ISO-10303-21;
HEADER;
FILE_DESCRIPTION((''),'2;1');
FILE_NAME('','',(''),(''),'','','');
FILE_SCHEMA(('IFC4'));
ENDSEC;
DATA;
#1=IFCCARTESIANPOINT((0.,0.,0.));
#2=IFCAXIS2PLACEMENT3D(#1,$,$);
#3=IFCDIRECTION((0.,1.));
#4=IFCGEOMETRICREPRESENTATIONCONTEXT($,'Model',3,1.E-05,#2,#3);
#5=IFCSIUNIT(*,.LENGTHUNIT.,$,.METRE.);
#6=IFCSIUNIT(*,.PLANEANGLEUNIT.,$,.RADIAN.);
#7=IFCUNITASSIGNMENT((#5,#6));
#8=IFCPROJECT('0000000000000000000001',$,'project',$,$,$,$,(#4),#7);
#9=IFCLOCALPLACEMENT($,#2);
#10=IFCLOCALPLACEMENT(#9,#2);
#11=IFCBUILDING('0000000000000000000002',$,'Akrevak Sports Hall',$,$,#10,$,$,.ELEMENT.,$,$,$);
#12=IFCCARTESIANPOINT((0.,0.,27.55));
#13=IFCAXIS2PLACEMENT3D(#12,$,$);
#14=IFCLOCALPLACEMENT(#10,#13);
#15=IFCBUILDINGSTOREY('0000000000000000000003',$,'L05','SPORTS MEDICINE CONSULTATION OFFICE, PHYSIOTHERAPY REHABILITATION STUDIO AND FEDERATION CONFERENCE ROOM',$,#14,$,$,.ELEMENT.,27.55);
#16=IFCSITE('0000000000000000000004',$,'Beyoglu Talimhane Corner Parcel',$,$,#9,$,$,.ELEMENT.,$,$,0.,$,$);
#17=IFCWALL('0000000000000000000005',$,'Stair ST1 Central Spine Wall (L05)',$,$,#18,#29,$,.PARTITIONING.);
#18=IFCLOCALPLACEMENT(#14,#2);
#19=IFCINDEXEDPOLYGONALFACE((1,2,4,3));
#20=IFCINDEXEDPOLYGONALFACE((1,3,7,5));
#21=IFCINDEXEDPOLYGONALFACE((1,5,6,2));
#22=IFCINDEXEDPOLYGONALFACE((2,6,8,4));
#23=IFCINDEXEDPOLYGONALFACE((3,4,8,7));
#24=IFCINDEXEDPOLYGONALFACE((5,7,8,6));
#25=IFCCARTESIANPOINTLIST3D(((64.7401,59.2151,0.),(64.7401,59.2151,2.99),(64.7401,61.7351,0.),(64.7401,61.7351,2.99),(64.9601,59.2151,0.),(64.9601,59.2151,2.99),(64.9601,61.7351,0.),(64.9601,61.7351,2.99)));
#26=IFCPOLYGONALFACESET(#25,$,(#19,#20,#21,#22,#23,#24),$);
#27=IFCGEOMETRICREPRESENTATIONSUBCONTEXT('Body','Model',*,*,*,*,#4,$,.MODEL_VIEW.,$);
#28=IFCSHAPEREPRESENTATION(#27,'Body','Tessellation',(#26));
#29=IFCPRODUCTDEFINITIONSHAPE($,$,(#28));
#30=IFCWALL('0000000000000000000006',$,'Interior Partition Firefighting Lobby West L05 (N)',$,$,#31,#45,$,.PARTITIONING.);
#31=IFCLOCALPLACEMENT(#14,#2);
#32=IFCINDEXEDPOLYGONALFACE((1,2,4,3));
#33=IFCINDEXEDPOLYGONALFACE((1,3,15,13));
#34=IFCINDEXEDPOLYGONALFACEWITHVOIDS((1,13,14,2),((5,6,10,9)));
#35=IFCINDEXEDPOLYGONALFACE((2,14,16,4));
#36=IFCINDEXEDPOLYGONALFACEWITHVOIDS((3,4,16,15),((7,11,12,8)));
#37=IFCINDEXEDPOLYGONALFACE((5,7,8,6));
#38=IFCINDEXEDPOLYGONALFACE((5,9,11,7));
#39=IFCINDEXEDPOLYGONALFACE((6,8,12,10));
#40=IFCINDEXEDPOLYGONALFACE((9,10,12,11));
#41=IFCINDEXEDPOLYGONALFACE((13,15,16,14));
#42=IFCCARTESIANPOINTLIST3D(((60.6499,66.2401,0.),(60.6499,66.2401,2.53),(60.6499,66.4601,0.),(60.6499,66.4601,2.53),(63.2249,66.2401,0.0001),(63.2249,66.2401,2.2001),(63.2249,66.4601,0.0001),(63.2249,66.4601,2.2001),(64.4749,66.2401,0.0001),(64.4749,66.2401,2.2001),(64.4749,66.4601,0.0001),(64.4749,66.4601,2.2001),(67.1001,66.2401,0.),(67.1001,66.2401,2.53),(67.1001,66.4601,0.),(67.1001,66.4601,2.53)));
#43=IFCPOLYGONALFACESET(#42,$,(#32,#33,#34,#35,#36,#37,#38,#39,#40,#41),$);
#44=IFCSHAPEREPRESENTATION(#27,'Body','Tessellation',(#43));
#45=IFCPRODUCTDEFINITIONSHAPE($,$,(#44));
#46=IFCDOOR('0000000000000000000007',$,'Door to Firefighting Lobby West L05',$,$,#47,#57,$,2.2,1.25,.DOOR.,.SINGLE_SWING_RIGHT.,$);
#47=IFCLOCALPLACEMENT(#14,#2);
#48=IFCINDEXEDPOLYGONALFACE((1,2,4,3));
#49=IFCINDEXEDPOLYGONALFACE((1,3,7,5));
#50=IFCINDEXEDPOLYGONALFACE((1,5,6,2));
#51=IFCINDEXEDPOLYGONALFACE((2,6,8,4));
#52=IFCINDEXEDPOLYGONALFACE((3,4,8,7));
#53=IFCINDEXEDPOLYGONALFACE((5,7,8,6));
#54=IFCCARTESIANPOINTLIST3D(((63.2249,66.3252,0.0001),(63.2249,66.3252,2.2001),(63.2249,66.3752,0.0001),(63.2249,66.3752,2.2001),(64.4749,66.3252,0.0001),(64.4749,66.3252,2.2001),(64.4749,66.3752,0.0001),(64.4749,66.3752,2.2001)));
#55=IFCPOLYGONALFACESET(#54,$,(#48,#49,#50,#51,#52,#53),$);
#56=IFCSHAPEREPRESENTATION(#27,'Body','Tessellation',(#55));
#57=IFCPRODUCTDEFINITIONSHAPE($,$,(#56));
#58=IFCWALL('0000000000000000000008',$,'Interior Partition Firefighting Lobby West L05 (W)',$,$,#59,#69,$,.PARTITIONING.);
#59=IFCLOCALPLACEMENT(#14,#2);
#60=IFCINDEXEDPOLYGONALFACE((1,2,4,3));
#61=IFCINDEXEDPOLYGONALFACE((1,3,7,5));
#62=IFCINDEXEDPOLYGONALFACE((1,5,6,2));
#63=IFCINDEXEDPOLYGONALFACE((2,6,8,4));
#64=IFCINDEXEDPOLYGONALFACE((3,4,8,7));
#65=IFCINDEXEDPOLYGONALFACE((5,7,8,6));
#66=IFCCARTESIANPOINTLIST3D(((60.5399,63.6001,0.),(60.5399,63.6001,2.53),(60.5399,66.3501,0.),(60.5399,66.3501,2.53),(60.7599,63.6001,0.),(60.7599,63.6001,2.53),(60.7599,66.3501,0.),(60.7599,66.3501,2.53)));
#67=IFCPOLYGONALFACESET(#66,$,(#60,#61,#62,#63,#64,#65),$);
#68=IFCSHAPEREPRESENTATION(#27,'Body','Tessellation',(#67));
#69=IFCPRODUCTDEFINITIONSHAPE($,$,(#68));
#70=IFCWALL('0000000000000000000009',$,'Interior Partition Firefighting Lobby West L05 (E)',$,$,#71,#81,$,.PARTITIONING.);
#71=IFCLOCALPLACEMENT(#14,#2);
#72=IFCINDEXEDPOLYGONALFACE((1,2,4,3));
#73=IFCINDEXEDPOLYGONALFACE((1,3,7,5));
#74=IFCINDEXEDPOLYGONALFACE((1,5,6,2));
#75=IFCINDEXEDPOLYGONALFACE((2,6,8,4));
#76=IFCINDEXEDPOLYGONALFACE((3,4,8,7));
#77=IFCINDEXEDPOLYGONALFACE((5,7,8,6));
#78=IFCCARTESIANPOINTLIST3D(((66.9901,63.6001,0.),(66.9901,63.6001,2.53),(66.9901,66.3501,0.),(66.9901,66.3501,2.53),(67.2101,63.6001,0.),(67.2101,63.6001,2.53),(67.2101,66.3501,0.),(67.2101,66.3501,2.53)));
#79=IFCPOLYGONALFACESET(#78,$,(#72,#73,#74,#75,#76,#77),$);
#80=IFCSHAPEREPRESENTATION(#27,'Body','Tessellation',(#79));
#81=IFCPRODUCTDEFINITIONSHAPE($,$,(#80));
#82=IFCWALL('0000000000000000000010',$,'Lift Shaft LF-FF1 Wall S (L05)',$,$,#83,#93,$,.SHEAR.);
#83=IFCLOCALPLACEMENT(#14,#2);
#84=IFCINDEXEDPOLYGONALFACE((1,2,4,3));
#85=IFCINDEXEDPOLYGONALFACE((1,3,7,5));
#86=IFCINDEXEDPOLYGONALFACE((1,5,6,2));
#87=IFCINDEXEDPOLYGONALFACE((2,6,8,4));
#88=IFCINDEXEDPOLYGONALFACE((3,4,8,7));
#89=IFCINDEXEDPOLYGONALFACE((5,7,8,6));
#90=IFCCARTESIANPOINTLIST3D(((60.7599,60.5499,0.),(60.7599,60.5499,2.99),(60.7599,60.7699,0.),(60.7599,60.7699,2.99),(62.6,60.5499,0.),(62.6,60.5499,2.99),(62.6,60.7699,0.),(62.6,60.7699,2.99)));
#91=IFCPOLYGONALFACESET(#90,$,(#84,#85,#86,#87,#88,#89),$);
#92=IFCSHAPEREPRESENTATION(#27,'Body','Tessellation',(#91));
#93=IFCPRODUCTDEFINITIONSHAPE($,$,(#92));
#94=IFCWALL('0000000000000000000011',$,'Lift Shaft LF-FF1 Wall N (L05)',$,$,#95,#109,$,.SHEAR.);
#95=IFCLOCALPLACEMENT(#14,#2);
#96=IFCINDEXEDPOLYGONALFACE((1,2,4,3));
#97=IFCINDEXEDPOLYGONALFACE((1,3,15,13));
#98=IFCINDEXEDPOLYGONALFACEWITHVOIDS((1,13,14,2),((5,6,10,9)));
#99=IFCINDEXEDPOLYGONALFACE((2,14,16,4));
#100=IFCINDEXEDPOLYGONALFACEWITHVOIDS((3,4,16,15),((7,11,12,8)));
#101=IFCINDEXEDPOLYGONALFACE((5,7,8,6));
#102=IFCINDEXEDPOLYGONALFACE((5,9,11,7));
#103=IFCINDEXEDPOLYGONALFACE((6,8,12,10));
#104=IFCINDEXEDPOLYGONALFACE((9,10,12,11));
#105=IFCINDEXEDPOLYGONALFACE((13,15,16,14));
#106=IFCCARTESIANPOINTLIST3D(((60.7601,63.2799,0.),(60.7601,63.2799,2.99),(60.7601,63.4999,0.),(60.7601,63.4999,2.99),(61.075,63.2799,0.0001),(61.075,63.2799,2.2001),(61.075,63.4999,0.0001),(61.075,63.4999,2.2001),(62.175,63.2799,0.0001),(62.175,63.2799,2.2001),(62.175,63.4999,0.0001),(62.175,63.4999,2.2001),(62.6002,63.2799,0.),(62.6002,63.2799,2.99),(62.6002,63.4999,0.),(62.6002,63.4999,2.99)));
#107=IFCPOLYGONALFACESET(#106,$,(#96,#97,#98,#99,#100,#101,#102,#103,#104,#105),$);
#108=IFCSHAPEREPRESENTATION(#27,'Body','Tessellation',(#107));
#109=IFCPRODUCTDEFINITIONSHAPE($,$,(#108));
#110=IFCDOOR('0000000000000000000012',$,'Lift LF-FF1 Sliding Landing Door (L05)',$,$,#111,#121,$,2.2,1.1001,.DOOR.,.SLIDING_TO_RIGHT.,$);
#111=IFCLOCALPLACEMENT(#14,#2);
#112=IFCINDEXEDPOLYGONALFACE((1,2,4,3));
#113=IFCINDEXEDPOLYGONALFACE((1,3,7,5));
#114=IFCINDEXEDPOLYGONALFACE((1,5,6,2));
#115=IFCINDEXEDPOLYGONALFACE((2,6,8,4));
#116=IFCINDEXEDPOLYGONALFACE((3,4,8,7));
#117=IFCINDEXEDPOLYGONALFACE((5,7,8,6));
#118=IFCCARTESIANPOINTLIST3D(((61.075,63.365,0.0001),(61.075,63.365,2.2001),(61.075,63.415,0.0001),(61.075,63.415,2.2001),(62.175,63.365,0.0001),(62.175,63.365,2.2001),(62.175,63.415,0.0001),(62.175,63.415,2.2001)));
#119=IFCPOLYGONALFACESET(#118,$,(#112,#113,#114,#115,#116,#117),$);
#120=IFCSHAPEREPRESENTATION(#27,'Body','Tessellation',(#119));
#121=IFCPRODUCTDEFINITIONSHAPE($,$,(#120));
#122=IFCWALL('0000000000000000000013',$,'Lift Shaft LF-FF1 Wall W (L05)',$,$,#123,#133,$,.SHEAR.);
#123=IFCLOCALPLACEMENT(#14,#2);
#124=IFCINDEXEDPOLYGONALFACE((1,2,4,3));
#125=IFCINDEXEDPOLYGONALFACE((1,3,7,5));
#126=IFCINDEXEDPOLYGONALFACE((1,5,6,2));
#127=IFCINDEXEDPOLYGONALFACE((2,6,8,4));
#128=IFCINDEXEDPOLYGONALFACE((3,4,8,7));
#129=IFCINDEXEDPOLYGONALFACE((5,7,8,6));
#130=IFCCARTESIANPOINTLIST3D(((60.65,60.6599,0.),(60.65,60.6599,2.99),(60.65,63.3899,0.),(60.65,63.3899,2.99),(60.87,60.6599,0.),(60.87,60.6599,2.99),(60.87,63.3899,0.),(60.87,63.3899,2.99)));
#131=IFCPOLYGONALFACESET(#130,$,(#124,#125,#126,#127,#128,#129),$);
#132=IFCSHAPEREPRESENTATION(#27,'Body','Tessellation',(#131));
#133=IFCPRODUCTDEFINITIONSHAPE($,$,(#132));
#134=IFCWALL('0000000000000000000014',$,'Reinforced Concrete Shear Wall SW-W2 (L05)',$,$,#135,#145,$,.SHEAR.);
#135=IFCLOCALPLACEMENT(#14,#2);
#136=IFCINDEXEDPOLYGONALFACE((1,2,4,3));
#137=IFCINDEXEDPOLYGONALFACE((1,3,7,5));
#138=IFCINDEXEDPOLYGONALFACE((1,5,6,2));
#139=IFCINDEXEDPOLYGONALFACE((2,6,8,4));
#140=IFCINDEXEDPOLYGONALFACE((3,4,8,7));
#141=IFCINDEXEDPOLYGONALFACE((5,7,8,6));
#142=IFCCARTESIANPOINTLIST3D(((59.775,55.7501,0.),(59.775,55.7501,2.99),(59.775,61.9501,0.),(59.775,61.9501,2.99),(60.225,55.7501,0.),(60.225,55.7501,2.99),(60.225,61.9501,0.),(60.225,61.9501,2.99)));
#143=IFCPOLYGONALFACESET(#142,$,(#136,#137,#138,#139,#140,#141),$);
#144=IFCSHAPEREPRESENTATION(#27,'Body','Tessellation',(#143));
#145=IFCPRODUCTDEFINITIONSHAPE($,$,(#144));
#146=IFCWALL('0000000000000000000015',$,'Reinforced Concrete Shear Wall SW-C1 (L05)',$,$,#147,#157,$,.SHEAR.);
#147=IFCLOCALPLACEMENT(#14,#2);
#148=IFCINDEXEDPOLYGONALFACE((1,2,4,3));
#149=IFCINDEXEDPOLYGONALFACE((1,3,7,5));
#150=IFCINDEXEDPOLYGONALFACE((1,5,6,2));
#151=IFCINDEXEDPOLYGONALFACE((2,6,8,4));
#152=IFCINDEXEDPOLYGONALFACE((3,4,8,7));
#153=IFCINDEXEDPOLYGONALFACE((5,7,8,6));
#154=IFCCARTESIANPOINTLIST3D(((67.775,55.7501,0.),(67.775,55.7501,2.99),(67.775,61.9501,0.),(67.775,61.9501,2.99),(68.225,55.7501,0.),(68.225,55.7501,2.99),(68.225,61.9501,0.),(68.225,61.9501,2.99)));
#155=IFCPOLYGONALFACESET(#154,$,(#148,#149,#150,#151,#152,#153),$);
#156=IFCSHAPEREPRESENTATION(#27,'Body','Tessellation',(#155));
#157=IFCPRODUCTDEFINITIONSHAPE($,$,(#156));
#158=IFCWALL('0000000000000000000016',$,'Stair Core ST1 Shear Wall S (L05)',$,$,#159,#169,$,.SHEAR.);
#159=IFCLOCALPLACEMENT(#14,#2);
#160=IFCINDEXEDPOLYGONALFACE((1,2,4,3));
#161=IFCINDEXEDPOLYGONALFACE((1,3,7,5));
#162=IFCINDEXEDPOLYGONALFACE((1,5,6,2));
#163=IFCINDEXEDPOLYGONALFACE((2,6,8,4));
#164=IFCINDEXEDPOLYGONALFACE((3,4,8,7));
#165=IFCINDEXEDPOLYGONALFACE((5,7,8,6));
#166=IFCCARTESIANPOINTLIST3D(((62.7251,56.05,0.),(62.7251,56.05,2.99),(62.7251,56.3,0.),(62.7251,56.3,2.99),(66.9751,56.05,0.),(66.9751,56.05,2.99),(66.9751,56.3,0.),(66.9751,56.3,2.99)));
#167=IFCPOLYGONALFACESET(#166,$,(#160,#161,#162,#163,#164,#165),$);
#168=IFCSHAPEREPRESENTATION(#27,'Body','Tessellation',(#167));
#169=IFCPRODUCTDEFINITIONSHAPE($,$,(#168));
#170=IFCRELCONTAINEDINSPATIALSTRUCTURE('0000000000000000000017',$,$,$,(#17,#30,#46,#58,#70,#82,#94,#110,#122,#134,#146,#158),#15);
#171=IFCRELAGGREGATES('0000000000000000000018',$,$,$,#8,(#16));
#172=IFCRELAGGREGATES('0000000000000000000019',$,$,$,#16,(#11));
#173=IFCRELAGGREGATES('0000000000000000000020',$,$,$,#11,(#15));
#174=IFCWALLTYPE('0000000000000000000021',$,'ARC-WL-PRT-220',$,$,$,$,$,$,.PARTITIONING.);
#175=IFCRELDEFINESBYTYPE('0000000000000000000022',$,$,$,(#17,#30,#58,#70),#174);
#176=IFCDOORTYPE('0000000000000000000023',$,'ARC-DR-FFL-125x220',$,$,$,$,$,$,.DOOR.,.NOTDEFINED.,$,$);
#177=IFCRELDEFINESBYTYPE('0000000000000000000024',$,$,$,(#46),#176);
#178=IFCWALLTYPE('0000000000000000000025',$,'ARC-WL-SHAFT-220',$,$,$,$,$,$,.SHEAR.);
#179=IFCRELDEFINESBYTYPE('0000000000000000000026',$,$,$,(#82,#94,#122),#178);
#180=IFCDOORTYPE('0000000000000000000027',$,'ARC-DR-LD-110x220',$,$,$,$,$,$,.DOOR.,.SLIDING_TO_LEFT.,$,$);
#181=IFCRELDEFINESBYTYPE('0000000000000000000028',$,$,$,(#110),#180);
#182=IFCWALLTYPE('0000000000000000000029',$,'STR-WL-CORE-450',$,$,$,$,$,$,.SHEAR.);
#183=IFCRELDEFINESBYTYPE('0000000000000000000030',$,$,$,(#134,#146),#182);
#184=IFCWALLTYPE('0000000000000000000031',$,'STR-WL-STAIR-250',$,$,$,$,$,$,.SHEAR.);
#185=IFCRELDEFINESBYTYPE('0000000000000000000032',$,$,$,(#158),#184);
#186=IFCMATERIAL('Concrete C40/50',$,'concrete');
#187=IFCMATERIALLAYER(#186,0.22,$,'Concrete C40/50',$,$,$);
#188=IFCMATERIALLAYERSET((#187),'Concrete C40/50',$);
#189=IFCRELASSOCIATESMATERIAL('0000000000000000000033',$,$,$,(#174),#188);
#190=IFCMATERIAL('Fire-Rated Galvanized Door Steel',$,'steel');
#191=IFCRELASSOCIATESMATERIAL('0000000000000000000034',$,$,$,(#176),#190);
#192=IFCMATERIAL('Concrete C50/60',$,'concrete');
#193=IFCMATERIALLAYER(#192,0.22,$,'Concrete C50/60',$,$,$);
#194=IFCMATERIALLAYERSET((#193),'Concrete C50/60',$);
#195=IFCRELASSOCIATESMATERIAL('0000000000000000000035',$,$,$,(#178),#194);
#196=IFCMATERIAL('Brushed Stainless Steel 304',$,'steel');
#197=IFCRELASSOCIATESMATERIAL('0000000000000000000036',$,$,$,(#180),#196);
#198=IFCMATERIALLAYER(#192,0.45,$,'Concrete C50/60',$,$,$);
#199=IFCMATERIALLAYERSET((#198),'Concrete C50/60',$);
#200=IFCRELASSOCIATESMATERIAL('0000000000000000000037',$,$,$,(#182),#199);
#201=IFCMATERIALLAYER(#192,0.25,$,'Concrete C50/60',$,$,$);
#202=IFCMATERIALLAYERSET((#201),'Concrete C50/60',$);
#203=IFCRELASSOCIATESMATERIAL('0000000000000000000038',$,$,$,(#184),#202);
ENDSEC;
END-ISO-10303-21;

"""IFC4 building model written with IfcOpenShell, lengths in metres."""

from ifc_helpers import new_model, si_unit, direction, frame, frame_2d, origin, place, context, subcontext, project, spatial, rectangle, extrude, material, layer, layer_set, type_object, element, fill, save


model = new_model("IFC4")

# Units and contexts
model_context = context("Model", 3, precision=1e-05, world=origin(), true_north=direction((0.0, 1.0)))
body_context = subcontext(model_context, "Body", "Model", "MODEL_VIEW")
ifc_project = project(units=[si_unit("LENGTHUNIT", "METRE"), si_unit("PLANEANGLEUNIT", "RADIAN")], contexts=[model_context])

# Site, building, storey
site_placement = place(None, origin())
site = spatial("IfcSite", under=ifc_project, at=site_placement, Name="Beyoglu Talimhane Corner Parcel", CompositionType="ELEMENT", RefElevation=0.0)
building_placement = place(site_placement, origin())
building = spatial("IfcBuilding", under=site, at=building_placement, Name="Akrevak Sports Hall", CompositionType="ELEMENT")
storey_placement = place(building_placement, frame((0.0, 0.0, 27.55)))
storey = spatial("IfcBuildingStorey", under=building, at=storey_placement, Name="L05", Description="SPORTS MEDICINE CONSULTATION OFFICE, PHYSIOTHERAPY REHABILITATION STUDIO AND FEDERATION CONFERENCE ROOM", CompositionType="ELEMENT", Elevation=27.55)

# Shared definitions
ifc_material_1 = material(Name="Concrete C40/50", Category="concrete")

# Wall
ifc_layer_1 = layer(ifc_material_1, 0.22, Name="Concrete C40/50")
ifc_layer_set_1 = layer_set([ifc_layer_1], Name="Concrete C40/50")
wall_type_1 = type_object("IfcWallType", Name="ARC-WL-PRT-220", PredefinedType="PARTITIONING", material=ifc_layer_set_1)
wall_1_placement = place(storey_placement, frame((64.8501, 59.2151, 0.0), z_axis=(0.0, 0.0, 1.0), x_axis=(0.0, 1.0, 0.0)))
element("IfcWall", 1, at=wall_1_placement, inside=storey, type_object=wall_type_1, Name="Stair ST1 Central Spine Wall (L05)", PredefinedType="PARTITIONING", context=body_context, shape_type="SweptSolid", body=[
    extrude(rectangle(XDim=2.52, YDim=0.22, at=frame_2d((1.26, 0.0))), origin(), (0.0, 0.0, 1.0), 2.99),
])

# Wall, opening, door
wall_2_placement = place(storey_placement, frame((60.6499, 66.3501, 0.0), z_axis=(0.0, 0.0, 1.0), x_axis=(1.0, 0.0, 0.0)))
wall_2 = element("IfcWall", 2, at=wall_2_placement, inside=storey, type_object=wall_type_1, Name="Interior Partition Firefighting Lobby West L05 (N)", PredefinedType="PARTITIONING", context=body_context, shape_type="SweptSolid", body=[
    extrude(rectangle(XDim=6.4502, YDim=0.22, at=frame_2d((3.2251, 0.0))), origin(), (0.0, 0.0, 1.0), 2.53),
])
opening_1_placement = place(wall_2_placement, frame((2.575, 0.0, 0.0)))
opening_1 = element("IfcOpeningElement", 3, at=opening_1_placement, cuts=wall_2, PredefinedType="OPENING", context=body_context, shape_type="SweptSolid", body=[
    extrude(rectangle(XDim=1.25, YDim=2.2, at=frame_2d((0.625, 1.1001))), frame((0.0, 0.1221, 0.0), z_axis=(0.0, -1.0, 0.0), x_axis=(1.0, 0.0, 0.0)), (0.0, 0.0, 1.0), 0.2439),
])
ifc_material_2 = material(Name="Fire-Rated Galvanized Door Steel", Category="steel")
door_type_1 = type_object("IfcDoorType", Name="ARC-DR-FFL-125x220", OperationType="NOTDEFINED", PredefinedType="DOOR", material=ifc_material_2)
door_1_placement = place(opening_1_placement, frame((1.25, 0.0, 0.0), z_axis=(0.0, 0.0, 1.0), x_axis=(-1.0, 0.0, 0.0)))
door_1 = element("IfcDoor", 4, at=door_1_placement, inside=storey, type_object=door_type_1, Name="Door to Firefighting Lobby West L05", OperationType="SINGLE_SWING_RIGHT", OverallHeight=2.2, OverallWidth=1.25, PredefinedType="DOOR", context=body_context, shape_type="SweptSolid", body=[
    extrude(rectangle(XDim=1.25, YDim=2.2, at=frame_2d((0.625, 1.1001))), frame((0.0, 0.0249, 0.0), z_axis=(0.0, -1.0, 0.0), x_axis=(1.0, 0.0, 0.0)), (0.0, 0.0, 1.0), 0.05),
])
fill(opening_1, door_1)

# Walls
for number, where, z_axis, x_axis, name in (
    (5, (60.6499, 63.6001, 0.0), (0.0, 0.0, 1.0), (0.0, 1.0, 0.0), "Interior Partition Firefighting Lobby West L05 (W)"),
    (6, (67.1001, 63.6001, 0.0), (0.0, 0.0, 1.0), (0.0, 1.0, 0.0), "Interior Partition Firefighting Lobby West L05 (E)"),
):
    element("IfcWall", number, at=place(storey_placement, frame(where, z_axis=z_axis, x_axis=x_axis)), inside=storey, type_object=wall_type_1, Name=name, PredefinedType="PARTITIONING", context=body_context, shape_type="SweptSolid", body=[
        extrude(rectangle(XDim=2.75, YDim=0.22, at=frame_2d((1.375, 0.0))), origin(), (0.0, 0.0, 1.0), 2.53),
    ])
ifc_material_3 = material(Name="Concrete C50/60", Category="concrete")
ifc_layer_2 = layer(ifc_material_3, 0.22, Name="Concrete C50/60")
ifc_layer_set_2 = layer_set([ifc_layer_2], Name="Concrete C50/60")
wall_type_2 = type_object("IfcWallType", Name="ARC-WL-SHAFT-220", PredefinedType="SHEAR", material=ifc_layer_set_2)
wall_3_placement = place(storey_placement, frame((60.76, 60.6599, 0.0), z_axis=(0.0, 0.0, 1.0), x_axis=(1.0, 0.0, 0.0)))
element("IfcWall", 7, at=wall_3_placement, inside=storey, type_object=wall_type_2, Name="Lift Shaft LF-FF1 Wall S (L05)", PredefinedType="SHEAR", context=body_context, shape_type="SweptSolid", body=[
    extrude(rectangle(XDim=1.8401, YDim=0.22, at=frame_2d((0.9199, 0.0))), origin(), (0.0, 0.0, 1.0), 2.99),
])

# Wall, opening, door
wall_4_placement = place(storey_placement, frame((62.6001, 63.3899, 0.0), z_axis=(0.0, 0.0, 1.0), x_axis=(-1.0, 0.0, 0.0)))
wall_4 = element("IfcWall", 8, at=wall_4_placement, inside=storey, type_object=wall_type_2, Name="Lift Shaft LF-FF1 Wall N (L05)", PredefinedType="SHEAR", context=body_context, shape_type="SweptSolid", body=[
    extrude(rectangle(XDim=1.8401, YDim=0.22, at=frame_2d((0.9199, 0.0))), origin(), (0.0, 0.0, 1.0), 2.99),
])
opening_2_placement = place(wall_4_placement, frame((0.425, 0.0, 0.0)))
opening_2 = element("IfcOpeningElement", 9, at=opening_2_placement, cuts=wall_4, PredefinedType="OPENING", context=body_context, shape_type="SweptSolid", body=[
    extrude(rectangle(XDim=1.1001, YDim=2.2, at=frame_2d((0.55, 1.1001))), frame((0.0, 0.1221, 0.0), z_axis=(0.0, -1.0, 0.0), x_axis=(1.0, 0.0, 0.0)), (0.0, 0.0, 1.0), 0.2439),
])
ifc_material_4 = material(Name="Brushed Stainless Steel 304", Category="steel")
door_type_2 = type_object("IfcDoorType", Name="ARC-DR-LD-110x220", OperationType="SLIDING_TO_LEFT", PredefinedType="DOOR", material=ifc_material_4)
door_2_placement = place(opening_2_placement, origin())
door_2 = element("IfcDoor", 10, at=door_2_placement, inside=storey, type_object=door_type_2, Name="Lift LF-FF1 Sliding Landing Door (L05)", OperationType="SLIDING_TO_RIGHT", OverallHeight=2.2, OverallWidth=1.1001, PredefinedType="DOOR", context=body_context, shape_type="SweptSolid", body=[
    extrude(rectangle(XDim=1.1001, YDim=2.2, at=frame_2d((0.55, 1.1001))), frame((0.0, 0.0249, 0.0), z_axis=(0.0, -1.0, 0.0), x_axis=(1.0, 0.0, 0.0)), (0.0, 0.0, 1.0), 0.05),
])
fill(opening_2, door_2)

# Walls
wall_5_placement = place(storey_placement, frame((60.76, 63.3899, 0.0), z_axis=(0.0, 0.0, 1.0), x_axis=(0.0, -1.0, 0.0)))
element("IfcWall", 11, at=wall_5_placement, inside=storey, type_object=wall_type_2, Name="Lift Shaft LF-FF1 Wall W (L05)", PredefinedType="SHEAR", context=body_context, shape_type="SweptSolid", body=[
    extrude(rectangle(XDim=2.73, YDim=0.22, at=frame_2d((1.365, 0.0))), origin(), (0.0, 0.0, 1.0), 2.99),
])
ifc_layer_3 = layer(ifc_material_3, 0.45, Name="Concrete C50/60")
ifc_layer_set_3 = layer_set([ifc_layer_3], Name="Concrete C50/60")
wall_type_3 = type_object("IfcWallType", Name="STR-WL-CORE-450", PredefinedType="SHEAR", material=ifc_layer_set_3)
for number, where, z_axis, x_axis, name in (
    (12, (60.0, 55.75, 0.0), (0.0, 0.0, 1.0), (0.0, 1.0, 0.0), "Reinforced Concrete Shear Wall SW-W2 (L05)"),
    (13, (68.0, 55.75, 0.0), (0.0, 0.0, 1.0), (0.0, 1.0, 0.0), "Reinforced Concrete Shear Wall SW-C1 (L05)"),
):
    element("IfcWall", number, at=place(storey_placement, frame(where, z_axis=z_axis, x_axis=x_axis)), inside=storey, type_object=wall_type_3, Name=name, PredefinedType="SHEAR", context=body_context, shape_type="SweptSolid", body=[
        extrude(rectangle(XDim=6.2, YDim=0.45, at=frame_2d((3.1001, 0.0))), origin(), (0.0, 0.0, 1.0), 2.99),
    ])
ifc_layer_4 = layer(ifc_material_3, 0.25, Name="Concrete C50/60")
ifc_layer_set_4 = layer_set([ifc_layer_4], Name="Concrete C50/60")
wall_type_4 = type_object("IfcWallType", Name="STR-WL-STAIR-250", PredefinedType="SHEAR", material=ifc_layer_set_4)
wall_6_placement = place(storey_placement, frame((62.7251, 56.175, 0.0), z_axis=(0.0, 0.0, 1.0), x_axis=(1.0, 0.0, 0.0)))
element("IfcWall", 14, at=wall_6_placement, inside=storey, type_object=wall_type_4, Name="Stair Core ST1 Shear Wall S (L05)", PredefinedType="SHEAR", context=body_context, shape_type="SweptSolid", body=[
    extrude(rectangle(XDim=4.25, YDim=0.25, at=frame_2d((2.125, 0.0))), origin(), (0.0, 0.0, 1.0), 2.99),
])

save(model, "model.ifc")
